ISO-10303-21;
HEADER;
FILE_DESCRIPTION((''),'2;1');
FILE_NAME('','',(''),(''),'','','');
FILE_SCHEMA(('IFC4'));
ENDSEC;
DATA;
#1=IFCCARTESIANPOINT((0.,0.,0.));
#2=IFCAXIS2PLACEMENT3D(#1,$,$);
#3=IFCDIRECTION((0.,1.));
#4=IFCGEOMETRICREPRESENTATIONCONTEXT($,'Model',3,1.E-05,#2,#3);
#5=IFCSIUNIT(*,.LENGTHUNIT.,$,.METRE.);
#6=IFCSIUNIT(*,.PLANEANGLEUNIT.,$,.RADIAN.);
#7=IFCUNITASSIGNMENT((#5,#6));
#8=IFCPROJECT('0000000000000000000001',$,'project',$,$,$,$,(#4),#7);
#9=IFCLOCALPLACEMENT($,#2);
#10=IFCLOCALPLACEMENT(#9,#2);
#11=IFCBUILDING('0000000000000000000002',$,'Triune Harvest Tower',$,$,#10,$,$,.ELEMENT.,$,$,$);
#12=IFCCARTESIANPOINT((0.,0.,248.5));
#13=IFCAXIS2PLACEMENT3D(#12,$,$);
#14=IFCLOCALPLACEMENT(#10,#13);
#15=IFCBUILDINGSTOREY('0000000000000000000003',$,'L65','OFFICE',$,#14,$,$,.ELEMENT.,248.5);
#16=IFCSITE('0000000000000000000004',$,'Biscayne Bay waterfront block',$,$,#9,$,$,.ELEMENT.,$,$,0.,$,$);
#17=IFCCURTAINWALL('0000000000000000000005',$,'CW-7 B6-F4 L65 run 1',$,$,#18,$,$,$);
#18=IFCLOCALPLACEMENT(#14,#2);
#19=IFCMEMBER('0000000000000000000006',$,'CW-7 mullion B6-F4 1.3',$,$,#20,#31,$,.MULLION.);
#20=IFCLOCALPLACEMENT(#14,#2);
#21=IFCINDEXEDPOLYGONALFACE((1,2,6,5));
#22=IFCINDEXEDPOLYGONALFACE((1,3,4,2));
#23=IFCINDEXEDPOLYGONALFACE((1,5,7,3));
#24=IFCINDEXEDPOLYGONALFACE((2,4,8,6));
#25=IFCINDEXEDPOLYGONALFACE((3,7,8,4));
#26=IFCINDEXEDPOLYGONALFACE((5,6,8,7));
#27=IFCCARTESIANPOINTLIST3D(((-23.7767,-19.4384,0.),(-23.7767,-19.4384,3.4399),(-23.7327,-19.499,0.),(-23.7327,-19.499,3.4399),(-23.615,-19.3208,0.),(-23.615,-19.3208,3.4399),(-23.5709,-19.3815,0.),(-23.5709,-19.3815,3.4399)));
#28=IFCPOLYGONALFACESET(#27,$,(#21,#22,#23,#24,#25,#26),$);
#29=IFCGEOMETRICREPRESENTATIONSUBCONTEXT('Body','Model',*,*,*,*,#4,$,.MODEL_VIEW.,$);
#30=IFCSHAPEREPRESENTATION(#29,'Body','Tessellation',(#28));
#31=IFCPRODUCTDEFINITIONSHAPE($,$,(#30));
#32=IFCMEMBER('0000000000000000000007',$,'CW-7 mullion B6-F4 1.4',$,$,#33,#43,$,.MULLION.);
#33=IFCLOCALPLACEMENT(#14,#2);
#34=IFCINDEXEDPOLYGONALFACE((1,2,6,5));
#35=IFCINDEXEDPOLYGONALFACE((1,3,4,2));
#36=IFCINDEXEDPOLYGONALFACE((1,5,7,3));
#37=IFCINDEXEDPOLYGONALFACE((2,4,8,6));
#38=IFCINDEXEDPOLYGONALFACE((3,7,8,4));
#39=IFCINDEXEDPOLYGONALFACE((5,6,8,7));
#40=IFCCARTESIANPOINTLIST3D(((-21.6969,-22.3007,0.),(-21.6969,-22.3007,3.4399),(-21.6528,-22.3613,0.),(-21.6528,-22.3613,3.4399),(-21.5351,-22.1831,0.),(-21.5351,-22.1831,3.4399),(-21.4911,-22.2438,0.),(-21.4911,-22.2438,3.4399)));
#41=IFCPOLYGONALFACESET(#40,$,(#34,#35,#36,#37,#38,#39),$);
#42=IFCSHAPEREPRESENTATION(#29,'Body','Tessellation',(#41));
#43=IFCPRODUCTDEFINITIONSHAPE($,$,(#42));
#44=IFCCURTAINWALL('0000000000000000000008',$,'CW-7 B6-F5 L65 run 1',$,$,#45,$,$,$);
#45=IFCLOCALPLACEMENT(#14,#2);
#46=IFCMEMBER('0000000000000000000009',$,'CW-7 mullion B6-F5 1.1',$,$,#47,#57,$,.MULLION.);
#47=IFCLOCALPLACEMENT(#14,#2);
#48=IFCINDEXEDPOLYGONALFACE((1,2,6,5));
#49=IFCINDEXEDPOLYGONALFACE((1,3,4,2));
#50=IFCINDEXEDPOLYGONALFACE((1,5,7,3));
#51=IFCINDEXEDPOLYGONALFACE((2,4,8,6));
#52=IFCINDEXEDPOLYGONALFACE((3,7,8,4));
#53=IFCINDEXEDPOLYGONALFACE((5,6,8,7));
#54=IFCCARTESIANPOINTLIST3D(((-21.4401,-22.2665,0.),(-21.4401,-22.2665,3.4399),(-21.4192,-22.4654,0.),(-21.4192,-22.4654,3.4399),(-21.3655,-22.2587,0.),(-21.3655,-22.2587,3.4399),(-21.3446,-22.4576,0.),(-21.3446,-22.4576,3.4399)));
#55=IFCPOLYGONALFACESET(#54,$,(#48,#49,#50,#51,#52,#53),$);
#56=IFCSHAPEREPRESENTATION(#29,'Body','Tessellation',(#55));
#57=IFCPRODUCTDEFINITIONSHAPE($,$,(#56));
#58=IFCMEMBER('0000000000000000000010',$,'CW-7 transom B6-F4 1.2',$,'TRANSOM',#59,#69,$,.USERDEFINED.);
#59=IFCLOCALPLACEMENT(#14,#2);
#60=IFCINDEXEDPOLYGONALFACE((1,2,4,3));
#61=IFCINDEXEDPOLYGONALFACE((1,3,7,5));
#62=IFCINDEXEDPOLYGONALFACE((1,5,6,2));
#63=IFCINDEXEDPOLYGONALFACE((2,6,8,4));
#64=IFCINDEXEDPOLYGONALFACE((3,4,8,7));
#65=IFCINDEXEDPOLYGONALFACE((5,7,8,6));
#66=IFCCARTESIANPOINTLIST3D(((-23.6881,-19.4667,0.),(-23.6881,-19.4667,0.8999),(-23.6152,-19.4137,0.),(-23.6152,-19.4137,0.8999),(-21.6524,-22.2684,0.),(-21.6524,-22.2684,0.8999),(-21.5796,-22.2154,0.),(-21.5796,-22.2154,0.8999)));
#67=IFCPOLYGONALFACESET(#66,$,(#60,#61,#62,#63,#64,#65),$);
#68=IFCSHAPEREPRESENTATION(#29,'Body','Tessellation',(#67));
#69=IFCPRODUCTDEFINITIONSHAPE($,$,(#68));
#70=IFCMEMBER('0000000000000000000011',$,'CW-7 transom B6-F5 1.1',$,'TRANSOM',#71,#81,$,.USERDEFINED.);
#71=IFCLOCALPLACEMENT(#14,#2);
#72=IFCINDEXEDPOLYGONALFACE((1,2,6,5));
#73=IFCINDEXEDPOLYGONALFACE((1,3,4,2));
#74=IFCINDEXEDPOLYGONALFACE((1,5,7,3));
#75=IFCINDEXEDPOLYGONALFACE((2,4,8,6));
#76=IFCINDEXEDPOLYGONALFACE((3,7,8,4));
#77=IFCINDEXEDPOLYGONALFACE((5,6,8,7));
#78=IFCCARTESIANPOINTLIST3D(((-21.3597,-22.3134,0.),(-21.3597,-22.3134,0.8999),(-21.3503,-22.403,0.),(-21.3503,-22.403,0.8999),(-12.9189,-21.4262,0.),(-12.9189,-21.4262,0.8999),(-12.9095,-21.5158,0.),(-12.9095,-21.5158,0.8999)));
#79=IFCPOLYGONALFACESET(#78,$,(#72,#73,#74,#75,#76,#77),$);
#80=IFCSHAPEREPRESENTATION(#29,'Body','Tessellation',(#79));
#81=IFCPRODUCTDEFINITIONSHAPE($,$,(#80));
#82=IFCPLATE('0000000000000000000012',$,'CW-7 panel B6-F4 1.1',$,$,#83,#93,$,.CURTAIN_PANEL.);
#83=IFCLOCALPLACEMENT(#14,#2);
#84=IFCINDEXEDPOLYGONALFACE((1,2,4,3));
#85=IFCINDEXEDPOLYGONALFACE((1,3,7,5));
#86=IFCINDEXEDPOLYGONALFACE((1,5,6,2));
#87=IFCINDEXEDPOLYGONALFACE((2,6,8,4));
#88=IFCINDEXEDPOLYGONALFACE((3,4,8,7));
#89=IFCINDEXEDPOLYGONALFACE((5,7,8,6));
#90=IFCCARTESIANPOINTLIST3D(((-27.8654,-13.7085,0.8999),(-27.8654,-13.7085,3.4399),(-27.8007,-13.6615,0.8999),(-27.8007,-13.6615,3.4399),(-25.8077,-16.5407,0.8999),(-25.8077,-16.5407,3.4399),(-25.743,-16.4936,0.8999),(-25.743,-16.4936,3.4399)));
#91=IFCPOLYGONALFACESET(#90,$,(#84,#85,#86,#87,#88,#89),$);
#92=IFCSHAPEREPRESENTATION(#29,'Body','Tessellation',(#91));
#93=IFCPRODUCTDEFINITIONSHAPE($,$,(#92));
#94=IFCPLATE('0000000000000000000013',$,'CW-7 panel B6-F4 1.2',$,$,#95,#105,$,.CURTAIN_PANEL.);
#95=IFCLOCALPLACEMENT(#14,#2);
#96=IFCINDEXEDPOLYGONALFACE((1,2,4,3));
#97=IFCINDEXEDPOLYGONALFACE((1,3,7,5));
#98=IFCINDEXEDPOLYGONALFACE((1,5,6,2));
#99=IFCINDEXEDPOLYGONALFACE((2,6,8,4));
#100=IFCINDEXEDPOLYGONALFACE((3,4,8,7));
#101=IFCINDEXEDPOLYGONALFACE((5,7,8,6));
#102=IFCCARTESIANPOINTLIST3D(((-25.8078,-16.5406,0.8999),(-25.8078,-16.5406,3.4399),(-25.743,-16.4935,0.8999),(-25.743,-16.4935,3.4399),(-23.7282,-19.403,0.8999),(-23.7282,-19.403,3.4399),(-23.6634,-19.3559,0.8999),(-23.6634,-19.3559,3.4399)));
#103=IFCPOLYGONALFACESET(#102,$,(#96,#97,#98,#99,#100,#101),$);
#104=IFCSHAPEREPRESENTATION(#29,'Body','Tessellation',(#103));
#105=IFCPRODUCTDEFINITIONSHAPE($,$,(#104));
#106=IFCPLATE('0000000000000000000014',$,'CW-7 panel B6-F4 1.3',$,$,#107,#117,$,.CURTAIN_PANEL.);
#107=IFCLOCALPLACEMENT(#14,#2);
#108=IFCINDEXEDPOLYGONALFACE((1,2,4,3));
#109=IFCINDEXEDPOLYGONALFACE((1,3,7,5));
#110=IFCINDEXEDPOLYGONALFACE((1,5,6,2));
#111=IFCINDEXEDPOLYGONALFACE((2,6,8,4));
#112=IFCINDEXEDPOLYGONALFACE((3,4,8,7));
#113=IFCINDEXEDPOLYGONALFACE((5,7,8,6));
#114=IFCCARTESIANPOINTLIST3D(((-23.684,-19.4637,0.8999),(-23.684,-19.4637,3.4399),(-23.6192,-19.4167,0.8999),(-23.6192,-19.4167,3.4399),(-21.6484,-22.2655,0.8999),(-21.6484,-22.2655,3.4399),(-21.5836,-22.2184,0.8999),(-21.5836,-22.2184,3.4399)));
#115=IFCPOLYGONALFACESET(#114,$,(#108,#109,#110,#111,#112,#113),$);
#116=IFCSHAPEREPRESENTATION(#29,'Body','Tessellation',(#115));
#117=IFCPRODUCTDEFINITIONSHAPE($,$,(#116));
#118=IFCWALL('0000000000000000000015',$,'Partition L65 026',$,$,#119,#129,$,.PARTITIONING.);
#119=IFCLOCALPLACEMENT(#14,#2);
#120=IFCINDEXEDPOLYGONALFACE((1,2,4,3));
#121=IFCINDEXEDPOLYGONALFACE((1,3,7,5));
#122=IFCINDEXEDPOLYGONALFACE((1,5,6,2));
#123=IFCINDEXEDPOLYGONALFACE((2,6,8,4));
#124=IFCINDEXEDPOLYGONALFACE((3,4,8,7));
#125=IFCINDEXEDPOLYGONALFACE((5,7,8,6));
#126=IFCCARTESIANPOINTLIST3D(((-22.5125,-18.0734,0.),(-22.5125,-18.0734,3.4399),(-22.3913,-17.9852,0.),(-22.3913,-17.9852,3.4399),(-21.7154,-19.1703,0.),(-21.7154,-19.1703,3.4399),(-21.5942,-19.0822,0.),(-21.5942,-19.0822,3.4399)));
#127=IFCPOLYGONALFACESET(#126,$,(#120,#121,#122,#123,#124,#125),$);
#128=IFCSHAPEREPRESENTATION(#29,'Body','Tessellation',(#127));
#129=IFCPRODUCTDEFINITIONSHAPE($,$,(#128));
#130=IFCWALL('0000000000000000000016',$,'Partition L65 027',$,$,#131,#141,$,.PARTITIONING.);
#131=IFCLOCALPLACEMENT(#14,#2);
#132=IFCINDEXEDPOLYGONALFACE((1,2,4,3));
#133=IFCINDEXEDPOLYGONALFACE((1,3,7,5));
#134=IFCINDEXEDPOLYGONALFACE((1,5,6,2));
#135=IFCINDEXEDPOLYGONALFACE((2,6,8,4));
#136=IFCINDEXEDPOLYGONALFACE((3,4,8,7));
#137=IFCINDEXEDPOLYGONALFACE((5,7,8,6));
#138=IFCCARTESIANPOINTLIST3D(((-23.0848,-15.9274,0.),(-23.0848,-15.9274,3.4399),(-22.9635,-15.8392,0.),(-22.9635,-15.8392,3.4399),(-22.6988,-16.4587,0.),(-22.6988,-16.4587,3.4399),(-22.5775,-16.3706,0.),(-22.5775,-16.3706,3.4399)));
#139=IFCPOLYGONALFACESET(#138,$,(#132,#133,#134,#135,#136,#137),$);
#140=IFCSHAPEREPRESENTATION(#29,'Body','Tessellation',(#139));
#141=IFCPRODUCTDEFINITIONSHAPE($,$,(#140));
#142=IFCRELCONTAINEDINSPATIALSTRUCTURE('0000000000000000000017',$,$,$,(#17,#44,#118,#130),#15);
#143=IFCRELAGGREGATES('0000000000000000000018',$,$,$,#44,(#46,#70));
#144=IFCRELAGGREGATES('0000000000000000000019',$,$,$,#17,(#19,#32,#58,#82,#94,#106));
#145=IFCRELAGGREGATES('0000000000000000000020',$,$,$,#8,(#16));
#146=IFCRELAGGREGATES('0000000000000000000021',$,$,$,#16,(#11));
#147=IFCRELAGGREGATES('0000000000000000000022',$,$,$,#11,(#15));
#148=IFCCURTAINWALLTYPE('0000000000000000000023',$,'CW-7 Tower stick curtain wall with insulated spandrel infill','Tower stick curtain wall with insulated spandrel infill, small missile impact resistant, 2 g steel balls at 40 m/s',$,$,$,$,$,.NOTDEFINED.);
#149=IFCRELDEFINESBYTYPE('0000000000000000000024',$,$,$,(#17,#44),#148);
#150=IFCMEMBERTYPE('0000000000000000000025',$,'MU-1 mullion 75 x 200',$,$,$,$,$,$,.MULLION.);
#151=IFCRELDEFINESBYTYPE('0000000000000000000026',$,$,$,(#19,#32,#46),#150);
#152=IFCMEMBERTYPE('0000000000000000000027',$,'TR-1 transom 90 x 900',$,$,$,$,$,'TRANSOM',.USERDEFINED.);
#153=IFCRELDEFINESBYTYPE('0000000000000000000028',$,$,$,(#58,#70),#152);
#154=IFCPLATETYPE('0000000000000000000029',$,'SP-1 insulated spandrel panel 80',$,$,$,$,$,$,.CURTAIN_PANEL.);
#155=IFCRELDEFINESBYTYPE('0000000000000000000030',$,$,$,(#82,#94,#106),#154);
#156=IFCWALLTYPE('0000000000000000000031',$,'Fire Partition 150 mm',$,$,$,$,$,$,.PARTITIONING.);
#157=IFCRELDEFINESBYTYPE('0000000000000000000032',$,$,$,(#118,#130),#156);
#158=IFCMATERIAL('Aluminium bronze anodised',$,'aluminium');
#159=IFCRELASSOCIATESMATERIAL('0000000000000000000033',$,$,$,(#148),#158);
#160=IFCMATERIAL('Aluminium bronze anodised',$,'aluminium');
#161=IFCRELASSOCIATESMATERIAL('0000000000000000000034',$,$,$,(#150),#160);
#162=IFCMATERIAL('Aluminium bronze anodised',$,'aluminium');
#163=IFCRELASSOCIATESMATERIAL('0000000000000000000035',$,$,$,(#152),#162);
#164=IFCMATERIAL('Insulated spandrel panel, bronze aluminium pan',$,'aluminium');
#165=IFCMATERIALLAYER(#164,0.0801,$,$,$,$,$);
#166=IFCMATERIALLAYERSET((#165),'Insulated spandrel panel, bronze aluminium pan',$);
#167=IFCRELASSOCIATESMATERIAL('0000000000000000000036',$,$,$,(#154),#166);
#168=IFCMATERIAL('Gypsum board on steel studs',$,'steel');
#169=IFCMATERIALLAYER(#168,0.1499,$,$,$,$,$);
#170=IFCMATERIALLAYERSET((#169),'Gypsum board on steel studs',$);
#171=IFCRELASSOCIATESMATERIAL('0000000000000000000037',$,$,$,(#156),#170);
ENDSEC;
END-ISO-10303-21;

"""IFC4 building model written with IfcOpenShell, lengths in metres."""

from ifc_helpers import new_model, si_unit, direction, frame, frame_2d, origin, origin_2d, place, context, subcontext, project, spatial, rectangle, extrude, source, transform, mapped, material, layer, layer_set, material_profile, profile_set, type_object, element, aggregate, save


model = new_model("IFC4")

# Units and contexts
model_context = context("Model", 3, precision=1e-05, world=origin(), true_north=direction((0.0, 1.0)))
body_context = subcontext(model_context, "Body", "Model", "MODEL_VIEW")
ifc_project = project(units=[si_unit("LENGTHUNIT", "METRE"), si_unit("PLANEANGLEUNIT", "RADIAN")], contexts=[model_context])

# Site, building, storey
site_placement = place(None, origin())
site = spatial("IfcSite", under=ifc_project, at=site_placement, Name="Biscayne Bay waterfront block", CompositionType="ELEMENT", RefElevation=0.0)
building_placement = place(site_placement, origin())
building = spatial("IfcBuilding", under=site, at=building_placement, Name="Triune Harvest Tower", CompositionType="ELEMENT")
storey_placement = place(building_placement, frame((0.0, 0.0, 248.5)))
storey = spatial("IfcBuildingStorey", under=building, at=storey_placement, Name="L65", Description="OFFICE", CompositionType="ELEMENT", Elevation=248.5)

# Curtain wall, members
ifc_material_1 = material(Name="Aluminium bronze anodised", Category="aluminium")
curtain_wall_type = type_object("IfcCurtainWallType", Name="CW-7 Tower stick curtain wall with insulated spandrel infill", Description="Tower stick curtain wall with insulated spandrel infill, small missile impact resistant, 2 g steel balls at 40 m/s", PredefinedType="NOTDEFINED", material=ifc_material_1)
curtain_wall_1_placement = place(storey_placement, origin())
curtain_wall_1 = element("IfcCurtainWall", 1, at=curtain_wall_1_placement, inside=storey, type_object=curtain_wall_type, Name="CW-7 B6-F4 L65 run 1")
ifc_material_2 = material(Name="Aluminium bronze anodised", Category="aluminium")
ifc_material_profile_1 = material_profile(ifc_material_2, rectangle(XDim=0.2, YDim=0.075, at=origin_2d()), Name="MU-1 mullion 75 x 200")
ifc_profile_set_1 = profile_set([ifc_material_profile_1], Name="Aluminium bronze anodised")
member_type_1 = type_object("IfcMemberType", Name="MU-1 mullion 75 x 200", PredefinedType="MULLION", material=ifc_profile_set_1)
shared_shape_1 = source(origin(), body_context, "Body", "SweptSolid", [
    extrude(rectangle(XDim=0.2, YDim=0.075, at=origin_2d()), origin(), (0.0, 0.0, 1.0), 3.4399),
])
member_1_placement = place(storey_placement, frame((-23.6738, -19.4099, 0.0), z_axis=(0.0, 0.0, 1.0), x_axis=(0.809014, 0.587789, 0.0)))
member_1 = element("IfcMember", 2, at=member_1_placement, type_object=member_type_1, Name="CW-7 mullion B6-F4 1.3", PredefinedType="MULLION", context=body_context, shape_type="MappedRepresentation", body=[
    mapped(shared_shape_1, transform((0.0, 0.0, 0.0), scale=1.0)),
])
member_2_placement = place(storey_placement, frame((-21.594, -22.2722, 0.0), z_axis=(0.0, 0.0, 1.0), x_axis=(0.809014, 0.587789, 0.0)))
member_2 = element("IfcMember", 3, at=member_2_placement, type_object=member_type_1, Name="CW-7 mullion B6-F4 1.4", PredefinedType="MULLION", context=body_context, shape_type="MappedRepresentation", body=[
    mapped(shared_shape_1, transform((0.0, 0.0, 0.0), scale=1.0)),
])

# Curtain wall, member
curtain_wall_2_placement = place(storey_placement, origin())
curtain_wall_2 = element("IfcCurtainWall", 4, at=curtain_wall_2_placement, inside=storey, type_object=curtain_wall_type, Name="CW-7 B6-F5 L65 run 1")
member_3_placement = place(storey_placement, frame((-21.3923, -22.3621, 0.0), z_axis=(0.0, 0.0, 1.0), x_axis=(-0.10453, 0.994522, 0.0)))
member_3 = element("IfcMember", 5, at=member_3_placement, type_object=member_type_1, Name="CW-7 mullion B6-F5 1.1", PredefinedType="MULLION", context=body_context, shape_type="MappedRepresentation", body=[
    mapped(shared_shape_1, transform((0.0, 0.0, 0.0), scale=1.0)),
])

# Members
ifc_material_3 = material(Name="Aluminium bronze anodised", Category="aluminium")
ifc_material_profile_2 = material_profile(ifc_material_3, rectangle(XDim=0.0901, YDim=0.8999, at=origin_2d()), Name="TR-1 transom 90 x 900")
ifc_profile_set_2 = profile_set([ifc_material_profile_2], Name="Aluminium bronze anodised")
member_type_2 = type_object("IfcMemberType", Name="TR-1 transom 90 x 900", ElementType="TRANSOM", PredefinedType="USERDEFINED", material=ifc_profile_set_2)
shared_shape_2 = source(origin(), body_context, "Body", "SweptSolid", [
    extrude(rectangle(XDim=0.0901, YDim=0.8999, at=origin_2d()), origin(), (0.0, 0.0, 1.0), 3.4631),
])
member_4_placement = place(storey_placement, frame((-23.6516, -19.4402, 0.45), z_axis=(0.587794, -0.80901, 0.0), x_axis=(0.80901, 0.587794, 0.0)))
member_4 = element("IfcMember", 6, at=member_4_placement, type_object=member_type_2, Name="CW-7 transom B6-F4 1.2", ObjectType="TRANSOM", PredefinedType="USERDEFINED", context=body_context, shape_type="MappedRepresentation", body=[
    mapped(shared_shape_2, transform((0.0, 0.0, 0.0), scale=1.0)),
])
shared_shape_3 = source(origin(), body_context, "Body", "SweptSolid", [
    extrude(rectangle(XDim=0.0901, YDim=0.8999, at=origin_2d()), origin(), (0.0, 0.0, 1.0), 8.4873),
])
member_5_placement = place(storey_placement, frame((-21.355, -22.3582, 0.45), z_axis=(0.994522, 0.104532, 0.0), x_axis=(-0.104532, 0.994522, 0.0)))
member_5 = element("IfcMember", 7, at=member_5_placement, type_object=member_type_2, Name="CW-7 transom B6-F5 1.1", ObjectType="TRANSOM", PredefinedType="USERDEFINED", context=body_context, shape_type="MappedRepresentation", body=[
    mapped(shared_shape_3, transform((0.0, 0.0, 0.0), scale=1.0)),
])
aggregate(curtain_wall_2, [member_3, member_5])

# Plates
ifc_material_4 = material(Name="Insulated spandrel panel, bronze aluminium pan", Category="aluminium")
ifc_layer_1 = layer(ifc_material_4, 0.0801)
ifc_layer_set_1 = layer_set([ifc_layer_1], Name="Insulated spandrel panel, bronze aluminium pan")
plate_type = type_object("IfcPlateType", Name="SP-1 insulated spandrel panel 80", PredefinedType="CURTAIN_PANEL", material=ifc_layer_set_1)
shared_shape_4 = source(origin(), body_context, "Body", "SweptSolid", [
    extrude(rectangle(XDim=3.5007, YDim=0.0801, at=origin_2d()), origin(), (0.0, 0.0, 1.0), 2.54),
])
plate_1_placement = place(storey_placement, frame((-26.8042, -15.1011, 0.8999), z_axis=(0.0, 0.0, 1.0), x_axis=(0.587789, -0.809014, 0.0)))
plate_1 = element("IfcPlate", 8, at=plate_1_placement, type_object=plate_type, Name="CW-7 panel B6-F4 1.1", PredefinedType="CURTAIN_PANEL", context=body_context, shape_type="MappedRepresentation", body=[
    mapped(shared_shape_4, transform((0.0, 0.0, 0.0), scale=1.0)),
])
shared_shape_5 = source(origin(), body_context, "Body", "SweptSolid", [
    extrude(rectangle(XDim=3.5381, YDim=0.0801, at=origin_2d()), origin(), (0.0, 0.0, 1.0), 2.54),
])
plate_2_placement = place(storey_placement, frame((-24.7356, -17.9482, 0.8999), z_axis=(0.0, 0.0, 1.0), x_axis=(0.587789, -0.809014, 0.0)))
plate_2 = element("IfcPlate", 9, at=plate_2_placement, type_object=plate_type, Name="CW-7 panel B6-F4 1.2", PredefinedType="CURTAIN_PANEL", context=body_context, shape_type="MappedRepresentation", body=[
    mapped(shared_shape_5, transform((0.0, 0.0, 0.0), scale=1.0)),
])
shared_shape_6 = source(origin(), body_context, "Body", "SweptSolid", [
    extrude(rectangle(XDim=3.4631, YDim=0.0801, at=origin_2d()), origin(), (0.0, 0.0, 1.0), 2.54),
])
plate_3_placement = place(storey_placement, frame((-22.6338, -20.8411, 0.8999), z_axis=(0.0, 0.0, 1.0), x_axis=(0.587789, -0.809014, 0.0)))
plate_3 = element("IfcPlate", 10, at=plate_3_placement, type_object=plate_type, Name="CW-7 panel B6-F4 1.3", PredefinedType="CURTAIN_PANEL", context=body_context, shape_type="MappedRepresentation", body=[
    mapped(shared_shape_6, transform((0.0, 0.0, 0.0), scale=1.0)),
])
aggregate(curtain_wall_1, [member_1, member_2, member_4, plate_1, plate_2, plate_3])

# Walls
ifc_material_5 = material(Name="Gypsum board on steel studs", Category="steel")
ifc_layer_2 = layer(ifc_material_5, 0.1499)
ifc_layer_set_2 = layer_set([ifc_layer_2], Name="Gypsum board on steel studs")
wall_type_1 = type_object("IfcWallType", Name="Fire Partition 150 mm", PredefinedType="PARTITIONING", material=ifc_layer_set_2)
wall_1_placement = place(storey_placement, frame((-22.4519, -18.0293, 0.0), z_axis=(0.0, 0.0, 1.0), x_axis=(0.587861, -0.808962, 0.0)))
element("IfcWall", 11, at=wall_1_placement, inside=storey, type_object=wall_type_1, Name="Partition L65 026", PredefinedType="PARTITIONING", context=body_context, shape_type="SweptSolid", body=[
    extrude(rectangle(XDim=1.356, YDim=0.1499, at=frame_2d((0.678, 0.0))), origin(), (0.0, 0.0, 1.0), 3.4399),
])
wall_2_placement = place(storey_placement, frame((-23.0242, -15.8833, 0.0), z_axis=(0.0, 0.0, 1.0), x_axis=(0.587796, -0.809009, 0.0)))
element("IfcWall", 12, at=wall_2_placement, inside=storey, type_object=wall_type_1, Name="Partition L65 027", PredefinedType="PARTITIONING", context=body_context, shape_type="SweptSolid", body=[
    extrude(rectangle(XDim=0.6567, YDim=0.1499, at=frame_2d((0.3284, 0.0))), origin(), (0.0, 0.0, 1.0), 3.4399),
])

save(model, "model.ifc")
